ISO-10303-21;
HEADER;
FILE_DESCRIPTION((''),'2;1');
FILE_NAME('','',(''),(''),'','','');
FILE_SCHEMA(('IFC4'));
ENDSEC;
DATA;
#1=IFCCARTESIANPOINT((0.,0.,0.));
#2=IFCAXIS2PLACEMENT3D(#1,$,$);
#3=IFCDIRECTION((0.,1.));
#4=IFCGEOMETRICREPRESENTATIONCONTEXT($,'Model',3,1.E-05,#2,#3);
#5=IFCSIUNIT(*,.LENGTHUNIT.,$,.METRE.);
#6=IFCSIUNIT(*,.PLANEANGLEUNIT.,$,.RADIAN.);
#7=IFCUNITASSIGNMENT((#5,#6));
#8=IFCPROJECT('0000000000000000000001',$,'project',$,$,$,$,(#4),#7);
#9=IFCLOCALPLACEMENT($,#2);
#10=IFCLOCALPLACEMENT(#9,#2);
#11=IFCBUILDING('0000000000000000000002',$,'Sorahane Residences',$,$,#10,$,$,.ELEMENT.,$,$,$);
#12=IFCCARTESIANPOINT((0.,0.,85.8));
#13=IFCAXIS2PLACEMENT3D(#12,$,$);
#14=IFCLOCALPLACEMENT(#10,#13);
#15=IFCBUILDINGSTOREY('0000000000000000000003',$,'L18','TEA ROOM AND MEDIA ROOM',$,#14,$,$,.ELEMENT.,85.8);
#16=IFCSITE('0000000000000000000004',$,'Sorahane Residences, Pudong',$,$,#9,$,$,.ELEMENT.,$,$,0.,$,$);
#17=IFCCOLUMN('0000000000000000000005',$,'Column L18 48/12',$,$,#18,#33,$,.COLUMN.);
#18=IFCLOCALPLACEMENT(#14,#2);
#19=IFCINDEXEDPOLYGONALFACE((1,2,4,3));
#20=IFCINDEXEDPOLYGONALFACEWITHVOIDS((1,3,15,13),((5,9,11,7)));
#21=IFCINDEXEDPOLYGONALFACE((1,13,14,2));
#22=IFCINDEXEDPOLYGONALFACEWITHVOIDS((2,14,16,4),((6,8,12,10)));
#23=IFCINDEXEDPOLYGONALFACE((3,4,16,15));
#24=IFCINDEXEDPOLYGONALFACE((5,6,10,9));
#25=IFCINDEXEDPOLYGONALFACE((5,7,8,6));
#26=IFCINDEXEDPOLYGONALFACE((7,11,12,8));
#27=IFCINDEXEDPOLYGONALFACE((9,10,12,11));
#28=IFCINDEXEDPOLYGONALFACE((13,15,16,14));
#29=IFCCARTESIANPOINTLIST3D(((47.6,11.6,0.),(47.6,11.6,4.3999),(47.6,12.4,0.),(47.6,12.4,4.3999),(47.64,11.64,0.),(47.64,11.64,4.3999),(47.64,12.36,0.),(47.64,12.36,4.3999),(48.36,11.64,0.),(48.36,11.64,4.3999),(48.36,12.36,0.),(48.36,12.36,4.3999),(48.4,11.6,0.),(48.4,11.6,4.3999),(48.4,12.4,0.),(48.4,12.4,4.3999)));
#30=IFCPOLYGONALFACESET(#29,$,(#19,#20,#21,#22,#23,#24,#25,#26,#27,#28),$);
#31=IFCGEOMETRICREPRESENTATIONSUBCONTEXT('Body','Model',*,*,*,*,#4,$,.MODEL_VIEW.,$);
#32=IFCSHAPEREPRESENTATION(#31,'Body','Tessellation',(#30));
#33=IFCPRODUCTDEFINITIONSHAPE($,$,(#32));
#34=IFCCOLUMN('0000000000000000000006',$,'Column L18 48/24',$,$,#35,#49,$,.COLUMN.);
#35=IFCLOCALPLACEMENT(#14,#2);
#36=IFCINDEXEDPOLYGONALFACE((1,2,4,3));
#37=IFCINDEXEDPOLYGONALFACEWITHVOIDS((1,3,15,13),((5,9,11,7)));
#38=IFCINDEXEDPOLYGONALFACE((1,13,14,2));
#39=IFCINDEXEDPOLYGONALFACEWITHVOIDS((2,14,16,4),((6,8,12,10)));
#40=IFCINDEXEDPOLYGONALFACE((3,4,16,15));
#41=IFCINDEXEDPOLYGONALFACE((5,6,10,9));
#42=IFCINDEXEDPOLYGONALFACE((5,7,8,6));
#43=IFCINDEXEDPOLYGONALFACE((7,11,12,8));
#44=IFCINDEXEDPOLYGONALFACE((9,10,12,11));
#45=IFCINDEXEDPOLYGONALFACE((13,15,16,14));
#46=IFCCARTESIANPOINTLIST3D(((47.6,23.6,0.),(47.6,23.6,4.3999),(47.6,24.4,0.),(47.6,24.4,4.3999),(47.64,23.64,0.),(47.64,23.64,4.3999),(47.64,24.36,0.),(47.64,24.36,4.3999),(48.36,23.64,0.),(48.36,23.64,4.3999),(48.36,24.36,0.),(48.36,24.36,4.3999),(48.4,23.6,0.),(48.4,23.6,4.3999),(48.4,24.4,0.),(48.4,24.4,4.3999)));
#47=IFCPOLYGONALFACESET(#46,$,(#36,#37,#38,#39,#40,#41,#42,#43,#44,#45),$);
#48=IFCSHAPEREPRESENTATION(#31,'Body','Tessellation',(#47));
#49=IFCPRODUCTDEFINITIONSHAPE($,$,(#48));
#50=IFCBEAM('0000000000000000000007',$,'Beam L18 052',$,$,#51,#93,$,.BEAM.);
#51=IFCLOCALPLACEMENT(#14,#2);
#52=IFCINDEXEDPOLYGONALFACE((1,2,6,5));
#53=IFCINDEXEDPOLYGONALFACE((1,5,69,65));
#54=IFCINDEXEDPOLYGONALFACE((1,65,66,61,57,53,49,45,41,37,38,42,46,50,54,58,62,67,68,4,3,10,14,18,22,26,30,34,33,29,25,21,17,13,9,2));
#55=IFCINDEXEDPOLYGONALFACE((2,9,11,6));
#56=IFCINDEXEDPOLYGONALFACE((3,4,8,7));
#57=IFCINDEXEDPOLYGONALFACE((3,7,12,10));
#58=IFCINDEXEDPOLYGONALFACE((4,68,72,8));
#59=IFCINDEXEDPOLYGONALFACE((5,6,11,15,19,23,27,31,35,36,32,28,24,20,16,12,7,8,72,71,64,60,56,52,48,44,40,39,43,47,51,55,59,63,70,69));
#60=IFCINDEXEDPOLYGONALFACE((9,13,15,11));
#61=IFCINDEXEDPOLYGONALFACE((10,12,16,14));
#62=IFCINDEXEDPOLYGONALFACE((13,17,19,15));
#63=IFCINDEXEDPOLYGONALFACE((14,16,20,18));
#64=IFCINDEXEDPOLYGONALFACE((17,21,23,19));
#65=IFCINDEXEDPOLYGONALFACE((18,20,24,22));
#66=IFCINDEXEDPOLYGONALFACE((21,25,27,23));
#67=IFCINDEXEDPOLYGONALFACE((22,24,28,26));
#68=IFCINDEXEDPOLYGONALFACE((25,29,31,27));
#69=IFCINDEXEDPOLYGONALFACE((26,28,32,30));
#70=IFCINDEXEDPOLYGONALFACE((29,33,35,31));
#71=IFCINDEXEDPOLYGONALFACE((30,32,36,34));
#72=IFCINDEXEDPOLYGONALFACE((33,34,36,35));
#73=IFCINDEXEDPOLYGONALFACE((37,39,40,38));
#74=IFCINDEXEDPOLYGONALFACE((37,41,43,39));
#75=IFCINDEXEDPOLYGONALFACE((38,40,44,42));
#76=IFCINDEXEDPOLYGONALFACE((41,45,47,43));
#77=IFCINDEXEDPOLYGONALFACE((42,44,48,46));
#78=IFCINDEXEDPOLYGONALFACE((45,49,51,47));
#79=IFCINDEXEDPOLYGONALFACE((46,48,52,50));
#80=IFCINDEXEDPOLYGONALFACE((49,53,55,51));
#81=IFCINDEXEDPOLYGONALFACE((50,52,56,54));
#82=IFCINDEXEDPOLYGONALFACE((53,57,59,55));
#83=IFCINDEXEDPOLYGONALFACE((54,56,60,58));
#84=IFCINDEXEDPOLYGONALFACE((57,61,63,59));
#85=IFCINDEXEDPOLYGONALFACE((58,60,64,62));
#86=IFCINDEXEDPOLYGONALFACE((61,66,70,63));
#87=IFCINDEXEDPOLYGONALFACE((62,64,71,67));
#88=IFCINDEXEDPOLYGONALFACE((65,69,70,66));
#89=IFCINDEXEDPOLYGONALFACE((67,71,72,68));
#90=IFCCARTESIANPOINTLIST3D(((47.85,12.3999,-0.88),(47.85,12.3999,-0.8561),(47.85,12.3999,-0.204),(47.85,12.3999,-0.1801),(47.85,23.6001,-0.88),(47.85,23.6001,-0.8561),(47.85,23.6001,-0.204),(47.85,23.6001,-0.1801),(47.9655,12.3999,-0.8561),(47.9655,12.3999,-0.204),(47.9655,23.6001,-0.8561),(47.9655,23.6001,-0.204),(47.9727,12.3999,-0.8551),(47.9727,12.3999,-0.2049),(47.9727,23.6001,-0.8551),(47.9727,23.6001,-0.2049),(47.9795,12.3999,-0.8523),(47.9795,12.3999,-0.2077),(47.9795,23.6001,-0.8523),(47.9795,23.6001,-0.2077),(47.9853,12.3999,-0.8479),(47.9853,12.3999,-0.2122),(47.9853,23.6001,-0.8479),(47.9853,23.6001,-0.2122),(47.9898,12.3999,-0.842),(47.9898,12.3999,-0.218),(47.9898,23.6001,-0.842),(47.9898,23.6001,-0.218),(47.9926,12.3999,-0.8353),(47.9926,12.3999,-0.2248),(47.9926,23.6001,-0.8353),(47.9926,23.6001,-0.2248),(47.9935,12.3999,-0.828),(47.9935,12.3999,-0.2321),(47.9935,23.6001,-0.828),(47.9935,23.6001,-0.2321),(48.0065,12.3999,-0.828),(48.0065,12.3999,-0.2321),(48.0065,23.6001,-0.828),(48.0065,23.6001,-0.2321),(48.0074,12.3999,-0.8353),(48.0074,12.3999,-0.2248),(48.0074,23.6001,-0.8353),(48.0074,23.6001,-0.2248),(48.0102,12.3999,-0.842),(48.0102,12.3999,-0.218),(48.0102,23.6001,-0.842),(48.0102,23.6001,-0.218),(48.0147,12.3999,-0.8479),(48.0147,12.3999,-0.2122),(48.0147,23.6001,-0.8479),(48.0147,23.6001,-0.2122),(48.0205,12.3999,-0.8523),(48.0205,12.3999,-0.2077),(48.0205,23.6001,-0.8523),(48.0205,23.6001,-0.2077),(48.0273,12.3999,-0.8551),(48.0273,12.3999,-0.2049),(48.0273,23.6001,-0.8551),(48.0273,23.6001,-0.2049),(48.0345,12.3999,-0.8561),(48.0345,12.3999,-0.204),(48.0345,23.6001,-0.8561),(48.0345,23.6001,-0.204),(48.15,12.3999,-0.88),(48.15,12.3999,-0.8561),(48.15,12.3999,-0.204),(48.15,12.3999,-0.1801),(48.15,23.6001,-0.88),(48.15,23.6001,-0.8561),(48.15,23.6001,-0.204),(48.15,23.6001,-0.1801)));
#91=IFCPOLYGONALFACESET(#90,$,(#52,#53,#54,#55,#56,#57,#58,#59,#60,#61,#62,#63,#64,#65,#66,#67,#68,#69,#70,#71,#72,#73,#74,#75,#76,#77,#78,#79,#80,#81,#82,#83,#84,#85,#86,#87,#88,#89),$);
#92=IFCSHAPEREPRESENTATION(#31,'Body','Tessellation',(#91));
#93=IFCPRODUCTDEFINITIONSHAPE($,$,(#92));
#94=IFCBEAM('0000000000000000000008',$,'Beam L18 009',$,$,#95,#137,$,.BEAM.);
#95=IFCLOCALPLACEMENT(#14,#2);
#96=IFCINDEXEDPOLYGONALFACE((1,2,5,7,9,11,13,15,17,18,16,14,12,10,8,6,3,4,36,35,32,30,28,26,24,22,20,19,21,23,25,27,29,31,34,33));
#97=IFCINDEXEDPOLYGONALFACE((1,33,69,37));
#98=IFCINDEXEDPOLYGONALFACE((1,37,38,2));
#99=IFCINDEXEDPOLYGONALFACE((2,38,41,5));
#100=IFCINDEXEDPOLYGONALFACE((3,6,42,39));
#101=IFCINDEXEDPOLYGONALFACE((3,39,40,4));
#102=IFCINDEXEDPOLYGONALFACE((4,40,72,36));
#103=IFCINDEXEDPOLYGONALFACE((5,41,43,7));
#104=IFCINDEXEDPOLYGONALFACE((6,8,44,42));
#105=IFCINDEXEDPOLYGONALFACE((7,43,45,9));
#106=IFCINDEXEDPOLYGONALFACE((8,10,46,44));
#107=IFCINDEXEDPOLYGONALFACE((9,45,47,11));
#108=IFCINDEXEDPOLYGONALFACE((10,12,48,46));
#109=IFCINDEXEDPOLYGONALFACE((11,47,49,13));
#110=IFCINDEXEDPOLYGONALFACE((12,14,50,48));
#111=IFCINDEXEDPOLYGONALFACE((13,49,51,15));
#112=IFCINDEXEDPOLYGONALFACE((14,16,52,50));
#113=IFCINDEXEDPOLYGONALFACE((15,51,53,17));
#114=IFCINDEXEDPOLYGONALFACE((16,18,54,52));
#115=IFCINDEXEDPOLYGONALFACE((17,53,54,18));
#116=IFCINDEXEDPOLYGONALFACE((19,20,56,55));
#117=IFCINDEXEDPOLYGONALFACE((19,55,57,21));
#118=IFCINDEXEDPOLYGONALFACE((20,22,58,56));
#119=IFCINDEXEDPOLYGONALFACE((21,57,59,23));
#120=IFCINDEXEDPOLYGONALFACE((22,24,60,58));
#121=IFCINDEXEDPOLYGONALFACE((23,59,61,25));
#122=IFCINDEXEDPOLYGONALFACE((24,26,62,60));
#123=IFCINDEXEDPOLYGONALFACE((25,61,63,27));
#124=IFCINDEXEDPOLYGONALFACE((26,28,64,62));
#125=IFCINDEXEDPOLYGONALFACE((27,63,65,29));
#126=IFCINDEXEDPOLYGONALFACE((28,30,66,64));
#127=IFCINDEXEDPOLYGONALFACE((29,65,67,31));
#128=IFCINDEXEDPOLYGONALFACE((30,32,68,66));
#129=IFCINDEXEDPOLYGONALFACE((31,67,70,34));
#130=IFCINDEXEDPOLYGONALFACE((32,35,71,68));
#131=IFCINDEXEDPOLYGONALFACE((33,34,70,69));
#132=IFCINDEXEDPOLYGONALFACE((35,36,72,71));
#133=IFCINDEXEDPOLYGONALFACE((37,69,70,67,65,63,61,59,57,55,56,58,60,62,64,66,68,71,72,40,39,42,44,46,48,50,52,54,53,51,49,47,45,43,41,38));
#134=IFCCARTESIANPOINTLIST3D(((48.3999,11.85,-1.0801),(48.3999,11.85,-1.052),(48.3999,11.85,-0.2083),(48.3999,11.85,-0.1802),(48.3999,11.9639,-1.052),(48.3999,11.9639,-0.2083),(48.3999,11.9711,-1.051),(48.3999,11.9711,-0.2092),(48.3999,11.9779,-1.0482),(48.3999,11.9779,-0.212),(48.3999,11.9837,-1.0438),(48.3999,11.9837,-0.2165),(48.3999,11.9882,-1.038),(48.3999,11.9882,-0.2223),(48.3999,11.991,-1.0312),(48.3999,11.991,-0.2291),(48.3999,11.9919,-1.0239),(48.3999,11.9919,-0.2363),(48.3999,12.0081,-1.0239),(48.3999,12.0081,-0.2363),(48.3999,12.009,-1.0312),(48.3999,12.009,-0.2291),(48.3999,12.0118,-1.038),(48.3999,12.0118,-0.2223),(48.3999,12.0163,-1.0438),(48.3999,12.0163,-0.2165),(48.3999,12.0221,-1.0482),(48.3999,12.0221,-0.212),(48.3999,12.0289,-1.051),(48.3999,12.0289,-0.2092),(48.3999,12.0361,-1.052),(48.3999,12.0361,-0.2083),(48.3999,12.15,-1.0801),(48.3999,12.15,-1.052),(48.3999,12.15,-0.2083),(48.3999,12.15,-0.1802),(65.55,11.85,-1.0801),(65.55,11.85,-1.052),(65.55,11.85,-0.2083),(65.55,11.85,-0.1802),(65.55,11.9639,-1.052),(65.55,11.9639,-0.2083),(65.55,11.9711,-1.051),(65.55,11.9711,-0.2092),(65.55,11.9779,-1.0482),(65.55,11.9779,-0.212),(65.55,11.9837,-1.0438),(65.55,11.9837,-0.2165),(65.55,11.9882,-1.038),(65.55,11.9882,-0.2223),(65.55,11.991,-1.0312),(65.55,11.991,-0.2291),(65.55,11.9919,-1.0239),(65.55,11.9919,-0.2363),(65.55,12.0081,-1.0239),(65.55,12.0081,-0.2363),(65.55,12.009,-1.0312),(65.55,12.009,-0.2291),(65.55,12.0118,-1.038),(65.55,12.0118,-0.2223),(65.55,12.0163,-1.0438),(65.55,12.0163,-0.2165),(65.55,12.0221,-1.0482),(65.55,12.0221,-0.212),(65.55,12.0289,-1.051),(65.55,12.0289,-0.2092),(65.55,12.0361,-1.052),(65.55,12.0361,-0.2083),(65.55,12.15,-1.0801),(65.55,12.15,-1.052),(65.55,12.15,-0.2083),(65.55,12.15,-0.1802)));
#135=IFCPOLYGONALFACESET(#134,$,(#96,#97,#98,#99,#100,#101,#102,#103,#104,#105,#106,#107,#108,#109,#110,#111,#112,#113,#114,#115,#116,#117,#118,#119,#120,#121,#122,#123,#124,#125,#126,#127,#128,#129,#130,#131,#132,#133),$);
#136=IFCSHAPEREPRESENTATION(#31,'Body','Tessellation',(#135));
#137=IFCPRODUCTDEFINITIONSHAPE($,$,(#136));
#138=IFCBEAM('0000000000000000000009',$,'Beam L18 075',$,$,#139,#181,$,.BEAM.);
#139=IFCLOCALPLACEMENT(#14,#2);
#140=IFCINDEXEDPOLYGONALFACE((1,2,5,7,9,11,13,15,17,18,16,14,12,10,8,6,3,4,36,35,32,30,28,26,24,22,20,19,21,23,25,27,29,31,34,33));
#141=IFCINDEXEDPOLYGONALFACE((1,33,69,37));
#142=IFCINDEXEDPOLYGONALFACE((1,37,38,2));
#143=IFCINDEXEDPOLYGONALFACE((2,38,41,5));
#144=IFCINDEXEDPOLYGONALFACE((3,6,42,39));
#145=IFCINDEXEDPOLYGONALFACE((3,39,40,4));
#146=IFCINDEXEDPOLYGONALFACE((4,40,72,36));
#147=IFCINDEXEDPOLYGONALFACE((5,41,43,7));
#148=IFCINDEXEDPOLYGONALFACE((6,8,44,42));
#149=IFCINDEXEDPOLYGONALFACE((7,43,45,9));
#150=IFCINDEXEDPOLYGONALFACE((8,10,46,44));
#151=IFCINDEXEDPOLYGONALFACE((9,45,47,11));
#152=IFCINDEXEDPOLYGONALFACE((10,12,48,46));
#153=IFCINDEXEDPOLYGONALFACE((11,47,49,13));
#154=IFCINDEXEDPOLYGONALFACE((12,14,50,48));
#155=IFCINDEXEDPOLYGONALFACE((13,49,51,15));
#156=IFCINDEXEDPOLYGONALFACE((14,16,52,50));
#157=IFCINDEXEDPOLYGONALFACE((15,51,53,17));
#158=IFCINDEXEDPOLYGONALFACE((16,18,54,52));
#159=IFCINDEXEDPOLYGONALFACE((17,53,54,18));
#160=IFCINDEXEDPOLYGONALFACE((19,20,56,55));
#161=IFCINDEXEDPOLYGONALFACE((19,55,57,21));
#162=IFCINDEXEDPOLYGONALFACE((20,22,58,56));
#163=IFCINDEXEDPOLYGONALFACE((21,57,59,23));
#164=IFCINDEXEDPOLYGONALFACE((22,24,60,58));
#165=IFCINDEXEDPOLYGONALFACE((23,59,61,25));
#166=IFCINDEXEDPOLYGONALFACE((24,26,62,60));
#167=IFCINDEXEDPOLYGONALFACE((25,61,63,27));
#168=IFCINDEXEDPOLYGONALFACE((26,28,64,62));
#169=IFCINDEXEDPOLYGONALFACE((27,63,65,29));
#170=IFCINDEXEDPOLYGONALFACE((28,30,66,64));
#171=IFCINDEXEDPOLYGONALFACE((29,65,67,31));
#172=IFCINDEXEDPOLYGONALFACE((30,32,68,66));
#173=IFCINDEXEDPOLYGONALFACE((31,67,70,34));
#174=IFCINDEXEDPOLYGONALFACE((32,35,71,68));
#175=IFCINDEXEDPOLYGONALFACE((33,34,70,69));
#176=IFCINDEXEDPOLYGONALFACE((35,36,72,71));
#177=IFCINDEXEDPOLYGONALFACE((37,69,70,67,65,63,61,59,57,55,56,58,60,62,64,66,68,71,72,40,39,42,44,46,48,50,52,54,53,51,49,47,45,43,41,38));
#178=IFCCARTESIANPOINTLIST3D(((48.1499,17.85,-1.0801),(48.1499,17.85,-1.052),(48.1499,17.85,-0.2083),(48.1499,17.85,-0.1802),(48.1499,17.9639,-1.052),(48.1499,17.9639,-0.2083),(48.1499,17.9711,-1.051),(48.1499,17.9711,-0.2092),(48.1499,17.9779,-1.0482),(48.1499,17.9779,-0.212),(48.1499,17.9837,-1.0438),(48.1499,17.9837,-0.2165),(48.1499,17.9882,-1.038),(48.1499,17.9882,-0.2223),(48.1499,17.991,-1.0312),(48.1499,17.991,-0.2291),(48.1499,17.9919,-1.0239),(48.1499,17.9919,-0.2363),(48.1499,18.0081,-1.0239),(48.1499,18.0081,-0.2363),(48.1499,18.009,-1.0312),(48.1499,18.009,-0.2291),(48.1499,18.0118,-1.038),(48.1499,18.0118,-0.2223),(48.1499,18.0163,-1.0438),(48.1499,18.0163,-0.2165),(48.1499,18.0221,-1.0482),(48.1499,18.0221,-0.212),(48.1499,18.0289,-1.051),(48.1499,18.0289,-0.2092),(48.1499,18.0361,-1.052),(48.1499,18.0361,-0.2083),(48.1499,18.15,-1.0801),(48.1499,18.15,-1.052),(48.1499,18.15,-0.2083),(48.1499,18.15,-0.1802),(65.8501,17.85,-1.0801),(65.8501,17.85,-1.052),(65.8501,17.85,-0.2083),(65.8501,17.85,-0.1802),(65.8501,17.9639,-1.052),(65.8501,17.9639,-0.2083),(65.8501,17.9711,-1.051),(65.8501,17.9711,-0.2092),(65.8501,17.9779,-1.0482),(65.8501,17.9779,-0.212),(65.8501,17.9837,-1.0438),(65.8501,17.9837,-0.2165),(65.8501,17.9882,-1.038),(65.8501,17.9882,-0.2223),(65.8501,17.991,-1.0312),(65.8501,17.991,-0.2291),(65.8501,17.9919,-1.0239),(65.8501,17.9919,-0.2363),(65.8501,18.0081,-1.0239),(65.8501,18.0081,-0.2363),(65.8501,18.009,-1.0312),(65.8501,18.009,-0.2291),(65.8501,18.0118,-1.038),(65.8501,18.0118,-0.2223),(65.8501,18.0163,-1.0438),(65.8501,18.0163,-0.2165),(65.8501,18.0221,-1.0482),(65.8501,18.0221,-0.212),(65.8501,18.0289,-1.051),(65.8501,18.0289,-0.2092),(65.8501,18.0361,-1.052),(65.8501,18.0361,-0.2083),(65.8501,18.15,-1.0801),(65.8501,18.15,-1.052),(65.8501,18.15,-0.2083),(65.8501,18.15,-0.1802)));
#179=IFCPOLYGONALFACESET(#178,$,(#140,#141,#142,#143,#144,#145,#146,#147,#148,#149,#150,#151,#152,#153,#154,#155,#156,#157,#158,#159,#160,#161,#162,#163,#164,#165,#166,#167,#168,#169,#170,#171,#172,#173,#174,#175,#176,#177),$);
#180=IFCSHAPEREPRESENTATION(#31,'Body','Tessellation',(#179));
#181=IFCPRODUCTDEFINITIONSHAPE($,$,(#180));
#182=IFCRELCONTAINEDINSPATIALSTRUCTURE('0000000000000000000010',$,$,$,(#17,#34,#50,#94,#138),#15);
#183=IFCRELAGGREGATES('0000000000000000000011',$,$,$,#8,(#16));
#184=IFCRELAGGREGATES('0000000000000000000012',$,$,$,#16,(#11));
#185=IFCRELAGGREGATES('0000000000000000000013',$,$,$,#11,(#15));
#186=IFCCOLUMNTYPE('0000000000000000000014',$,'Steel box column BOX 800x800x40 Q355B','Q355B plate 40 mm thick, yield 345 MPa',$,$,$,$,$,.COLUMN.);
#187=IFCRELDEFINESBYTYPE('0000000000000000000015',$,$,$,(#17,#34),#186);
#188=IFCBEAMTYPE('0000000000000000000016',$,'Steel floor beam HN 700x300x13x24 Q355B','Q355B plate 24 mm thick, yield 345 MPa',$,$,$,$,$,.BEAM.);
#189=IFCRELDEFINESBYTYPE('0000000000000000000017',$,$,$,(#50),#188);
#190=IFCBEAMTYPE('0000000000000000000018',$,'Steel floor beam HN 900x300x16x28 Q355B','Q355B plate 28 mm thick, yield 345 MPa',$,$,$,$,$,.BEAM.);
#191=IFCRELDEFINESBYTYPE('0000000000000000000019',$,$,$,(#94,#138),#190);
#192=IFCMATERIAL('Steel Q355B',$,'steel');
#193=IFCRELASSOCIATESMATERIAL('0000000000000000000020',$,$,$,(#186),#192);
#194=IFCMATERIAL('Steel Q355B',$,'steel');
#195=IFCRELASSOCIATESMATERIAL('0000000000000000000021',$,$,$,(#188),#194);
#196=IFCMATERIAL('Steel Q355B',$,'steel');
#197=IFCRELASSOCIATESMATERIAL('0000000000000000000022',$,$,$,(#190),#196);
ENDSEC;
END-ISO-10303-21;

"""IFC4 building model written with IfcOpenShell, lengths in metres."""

from ifc_helpers import new_model, si_unit, direction, frame, origin, origin_2d, place, context, subcontext, project, spatial, hollow_rectangle, i_section, extrude, material, material_profile, profile_set, type_object, element, save


model = new_model("IFC4")

# Units and contexts
model_context = context("Model", 3, precision=1e-05, world=origin(), true_north=direction((0.0, 1.0)))
body_context = subcontext(model_context, "Body", "Model", "MODEL_VIEW")
ifc_project = project(units=[si_unit("LENGTHUNIT", "METRE"), si_unit("PLANEANGLEUNIT", "RADIAN")], contexts=[model_context])

# Site, building, storey
site_placement = place(None, origin())
site = spatial("IfcSite", under=ifc_project, at=site_placement, Name="Sorahane Residences, Pudong", CompositionType="ELEMENT", RefElevation=0.0)
building_placement = place(site_placement, origin())
building = spatial("IfcBuilding", under=site, at=building_placement, Name="Sorahane Residences", CompositionType="ELEMENT")
storey_placement = place(building_placement, frame((0.0, 0.0, 85.8)))
storey = spatial("IfcBuildingStorey", under=building, at=storey_placement, Name="L18", Description="TEA ROOM AND MEDIA ROOM", CompositionType="ELEMENT", Elevation=85.8)

# Columns
ifc_material_1 = material(Name="Steel Q355B", Category="steel")
ifc_material_profile_1 = material_profile(ifc_material_1, hollow_rectangle(XDim=0.8, YDim=0.8, WallThickness=0.04, at=origin_2d()), Name="BOX 800x800x40")
ifc_profile_set_1 = profile_set([ifc_material_profile_1], Name="Steel Q355B")
column_type = type_object("IfcColumnType", Name="Steel box column BOX 800x800x40 Q355B", Description="Q355B plate 40 mm thick, yield 345 MPa", PredefinedType="COLUMN", material=ifc_profile_set_1)
for number, where, z_axis, x_axis, name in (
    (1, (48.0, 12.0, 0.0), (0.0, 0.0, 1.0), (1.0, 0.0, 0.0), "Column L18 48/12"),
    (2, (48.0, 24.0, 0.0), (0.0, 0.0, 1.0), (1.0, 0.0, 0.0), "Column L18 48/24"),
):
    element("IfcColumn", number, at=place(storey_placement, frame(where, z_axis=z_axis, x_axis=x_axis)), inside=storey, type_object=column_type, Name=name, PredefinedType="COLUMN", context=body_context, shape_type="SweptSolid", body=[
        extrude(hollow_rectangle(XDim=0.8, YDim=0.8, WallThickness=0.04, at=origin_2d()), origin(), (0.0, 0.0, 1.0), 4.3999),
    ])

# Beams
ifc_material_2 = material(Name="Steel Q355B", Category="steel")
ifc_material_profile_2 = material_profile(ifc_material_2, i_section(OverallWidth=0.3, OverallDepth=0.7, WebThickness=0.0129, FlangeThickness=0.0239, FilletRadius=0.0281, at=origin_2d()), Name="HN 700x300x13x24")
ifc_profile_set_2 = profile_set([ifc_material_profile_2], Name="Steel Q355B")
beam_type_1 = type_object("IfcBeamType", Name="Steel floor beam HN 700x300x13x24 Q355B", Description="Q355B plate 24 mm thick, yield 345 MPa", PredefinedType="BEAM", material=ifc_profile_set_2)
beam_1_placement = place(storey_placement, frame((48.0, 12.3999, -0.53), z_axis=(0.0, 1.0, 0.0), x_axis=(-1.0, 0.0, 0.0)))
element("IfcBeam", 3, at=beam_1_placement, inside=storey, type_object=beam_type_1, Name="Beam L18 052", PredefinedType="BEAM", context=body_context, shape_type="SweptSolid", body=[
    extrude(i_section(OverallWidth=0.3, OverallDepth=0.7, WebThickness=0.0129, FlangeThickness=0.0239, FilletRadius=0.0281, at=origin_2d()), origin(), (0.0, 0.0, 1.0), 11.2002),
])
ifc_material_3 = material(Name="Steel Q355B", Category="steel")
ifc_material_profile_3 = material_profile(ifc_material_3, i_section(OverallWidth=0.3, OverallDepth=0.8999, WebThickness=0.0161, FlangeThickness=0.0281, FilletRadius=0.0281, at=origin_2d()), Name="HN 900x300x16x28")
ifc_profile_set_3 = profile_set([ifc_material_profile_3], Name="Steel Q355B")
beam_type_2 = type_object("IfcBeamType", Name="Steel floor beam HN 900x300x16x28 Q355B", Description="Q355B plate 28 mm thick, yield 345 MPa", PredefinedType="BEAM", material=ifc_profile_set_3)
beam_2_placement = place(storey_placement, frame((48.3999, 12.0, -0.6301), z_axis=(1.0, 0.0, 0.0), x_axis=(0.0, 1.0, 0.0)))
element("IfcBeam", 4, at=beam_2_placement, inside=storey, type_object=beam_type_2, Name="Beam L18 009", PredefinedType="BEAM", context=body_context, shape_type="SweptSolid", body=[
    extrude(i_section(OverallWidth=0.3, OverallDepth=0.8999, WebThickness=0.0161, FlangeThickness=0.0281, FilletRadius=0.0281, at=origin_2d()), origin(), (0.0, 0.0, 1.0), 17.1501),
])
beam_3_placement = place(storey_placement, frame((48.1499, 18.0, -0.6301), z_axis=(1.0, 0.0, 0.0), x_axis=(0.0, 1.0, 0.0)))
element("IfcBeam", 5, at=beam_3_placement, inside=storey, type_object=beam_type_2, Name="Beam L18 075", PredefinedType="BEAM", context=body_context, shape_type="SweptSolid", body=[
    extrude(i_section(OverallWidth=0.3, OverallDepth=0.8999, WebThickness=0.0161, FlangeThickness=0.0281, FilletRadius=0.0281, at=origin_2d()), origin(), (0.0, 0.0, 1.0), 17.7002),
])

save(model, "model.ifc")
